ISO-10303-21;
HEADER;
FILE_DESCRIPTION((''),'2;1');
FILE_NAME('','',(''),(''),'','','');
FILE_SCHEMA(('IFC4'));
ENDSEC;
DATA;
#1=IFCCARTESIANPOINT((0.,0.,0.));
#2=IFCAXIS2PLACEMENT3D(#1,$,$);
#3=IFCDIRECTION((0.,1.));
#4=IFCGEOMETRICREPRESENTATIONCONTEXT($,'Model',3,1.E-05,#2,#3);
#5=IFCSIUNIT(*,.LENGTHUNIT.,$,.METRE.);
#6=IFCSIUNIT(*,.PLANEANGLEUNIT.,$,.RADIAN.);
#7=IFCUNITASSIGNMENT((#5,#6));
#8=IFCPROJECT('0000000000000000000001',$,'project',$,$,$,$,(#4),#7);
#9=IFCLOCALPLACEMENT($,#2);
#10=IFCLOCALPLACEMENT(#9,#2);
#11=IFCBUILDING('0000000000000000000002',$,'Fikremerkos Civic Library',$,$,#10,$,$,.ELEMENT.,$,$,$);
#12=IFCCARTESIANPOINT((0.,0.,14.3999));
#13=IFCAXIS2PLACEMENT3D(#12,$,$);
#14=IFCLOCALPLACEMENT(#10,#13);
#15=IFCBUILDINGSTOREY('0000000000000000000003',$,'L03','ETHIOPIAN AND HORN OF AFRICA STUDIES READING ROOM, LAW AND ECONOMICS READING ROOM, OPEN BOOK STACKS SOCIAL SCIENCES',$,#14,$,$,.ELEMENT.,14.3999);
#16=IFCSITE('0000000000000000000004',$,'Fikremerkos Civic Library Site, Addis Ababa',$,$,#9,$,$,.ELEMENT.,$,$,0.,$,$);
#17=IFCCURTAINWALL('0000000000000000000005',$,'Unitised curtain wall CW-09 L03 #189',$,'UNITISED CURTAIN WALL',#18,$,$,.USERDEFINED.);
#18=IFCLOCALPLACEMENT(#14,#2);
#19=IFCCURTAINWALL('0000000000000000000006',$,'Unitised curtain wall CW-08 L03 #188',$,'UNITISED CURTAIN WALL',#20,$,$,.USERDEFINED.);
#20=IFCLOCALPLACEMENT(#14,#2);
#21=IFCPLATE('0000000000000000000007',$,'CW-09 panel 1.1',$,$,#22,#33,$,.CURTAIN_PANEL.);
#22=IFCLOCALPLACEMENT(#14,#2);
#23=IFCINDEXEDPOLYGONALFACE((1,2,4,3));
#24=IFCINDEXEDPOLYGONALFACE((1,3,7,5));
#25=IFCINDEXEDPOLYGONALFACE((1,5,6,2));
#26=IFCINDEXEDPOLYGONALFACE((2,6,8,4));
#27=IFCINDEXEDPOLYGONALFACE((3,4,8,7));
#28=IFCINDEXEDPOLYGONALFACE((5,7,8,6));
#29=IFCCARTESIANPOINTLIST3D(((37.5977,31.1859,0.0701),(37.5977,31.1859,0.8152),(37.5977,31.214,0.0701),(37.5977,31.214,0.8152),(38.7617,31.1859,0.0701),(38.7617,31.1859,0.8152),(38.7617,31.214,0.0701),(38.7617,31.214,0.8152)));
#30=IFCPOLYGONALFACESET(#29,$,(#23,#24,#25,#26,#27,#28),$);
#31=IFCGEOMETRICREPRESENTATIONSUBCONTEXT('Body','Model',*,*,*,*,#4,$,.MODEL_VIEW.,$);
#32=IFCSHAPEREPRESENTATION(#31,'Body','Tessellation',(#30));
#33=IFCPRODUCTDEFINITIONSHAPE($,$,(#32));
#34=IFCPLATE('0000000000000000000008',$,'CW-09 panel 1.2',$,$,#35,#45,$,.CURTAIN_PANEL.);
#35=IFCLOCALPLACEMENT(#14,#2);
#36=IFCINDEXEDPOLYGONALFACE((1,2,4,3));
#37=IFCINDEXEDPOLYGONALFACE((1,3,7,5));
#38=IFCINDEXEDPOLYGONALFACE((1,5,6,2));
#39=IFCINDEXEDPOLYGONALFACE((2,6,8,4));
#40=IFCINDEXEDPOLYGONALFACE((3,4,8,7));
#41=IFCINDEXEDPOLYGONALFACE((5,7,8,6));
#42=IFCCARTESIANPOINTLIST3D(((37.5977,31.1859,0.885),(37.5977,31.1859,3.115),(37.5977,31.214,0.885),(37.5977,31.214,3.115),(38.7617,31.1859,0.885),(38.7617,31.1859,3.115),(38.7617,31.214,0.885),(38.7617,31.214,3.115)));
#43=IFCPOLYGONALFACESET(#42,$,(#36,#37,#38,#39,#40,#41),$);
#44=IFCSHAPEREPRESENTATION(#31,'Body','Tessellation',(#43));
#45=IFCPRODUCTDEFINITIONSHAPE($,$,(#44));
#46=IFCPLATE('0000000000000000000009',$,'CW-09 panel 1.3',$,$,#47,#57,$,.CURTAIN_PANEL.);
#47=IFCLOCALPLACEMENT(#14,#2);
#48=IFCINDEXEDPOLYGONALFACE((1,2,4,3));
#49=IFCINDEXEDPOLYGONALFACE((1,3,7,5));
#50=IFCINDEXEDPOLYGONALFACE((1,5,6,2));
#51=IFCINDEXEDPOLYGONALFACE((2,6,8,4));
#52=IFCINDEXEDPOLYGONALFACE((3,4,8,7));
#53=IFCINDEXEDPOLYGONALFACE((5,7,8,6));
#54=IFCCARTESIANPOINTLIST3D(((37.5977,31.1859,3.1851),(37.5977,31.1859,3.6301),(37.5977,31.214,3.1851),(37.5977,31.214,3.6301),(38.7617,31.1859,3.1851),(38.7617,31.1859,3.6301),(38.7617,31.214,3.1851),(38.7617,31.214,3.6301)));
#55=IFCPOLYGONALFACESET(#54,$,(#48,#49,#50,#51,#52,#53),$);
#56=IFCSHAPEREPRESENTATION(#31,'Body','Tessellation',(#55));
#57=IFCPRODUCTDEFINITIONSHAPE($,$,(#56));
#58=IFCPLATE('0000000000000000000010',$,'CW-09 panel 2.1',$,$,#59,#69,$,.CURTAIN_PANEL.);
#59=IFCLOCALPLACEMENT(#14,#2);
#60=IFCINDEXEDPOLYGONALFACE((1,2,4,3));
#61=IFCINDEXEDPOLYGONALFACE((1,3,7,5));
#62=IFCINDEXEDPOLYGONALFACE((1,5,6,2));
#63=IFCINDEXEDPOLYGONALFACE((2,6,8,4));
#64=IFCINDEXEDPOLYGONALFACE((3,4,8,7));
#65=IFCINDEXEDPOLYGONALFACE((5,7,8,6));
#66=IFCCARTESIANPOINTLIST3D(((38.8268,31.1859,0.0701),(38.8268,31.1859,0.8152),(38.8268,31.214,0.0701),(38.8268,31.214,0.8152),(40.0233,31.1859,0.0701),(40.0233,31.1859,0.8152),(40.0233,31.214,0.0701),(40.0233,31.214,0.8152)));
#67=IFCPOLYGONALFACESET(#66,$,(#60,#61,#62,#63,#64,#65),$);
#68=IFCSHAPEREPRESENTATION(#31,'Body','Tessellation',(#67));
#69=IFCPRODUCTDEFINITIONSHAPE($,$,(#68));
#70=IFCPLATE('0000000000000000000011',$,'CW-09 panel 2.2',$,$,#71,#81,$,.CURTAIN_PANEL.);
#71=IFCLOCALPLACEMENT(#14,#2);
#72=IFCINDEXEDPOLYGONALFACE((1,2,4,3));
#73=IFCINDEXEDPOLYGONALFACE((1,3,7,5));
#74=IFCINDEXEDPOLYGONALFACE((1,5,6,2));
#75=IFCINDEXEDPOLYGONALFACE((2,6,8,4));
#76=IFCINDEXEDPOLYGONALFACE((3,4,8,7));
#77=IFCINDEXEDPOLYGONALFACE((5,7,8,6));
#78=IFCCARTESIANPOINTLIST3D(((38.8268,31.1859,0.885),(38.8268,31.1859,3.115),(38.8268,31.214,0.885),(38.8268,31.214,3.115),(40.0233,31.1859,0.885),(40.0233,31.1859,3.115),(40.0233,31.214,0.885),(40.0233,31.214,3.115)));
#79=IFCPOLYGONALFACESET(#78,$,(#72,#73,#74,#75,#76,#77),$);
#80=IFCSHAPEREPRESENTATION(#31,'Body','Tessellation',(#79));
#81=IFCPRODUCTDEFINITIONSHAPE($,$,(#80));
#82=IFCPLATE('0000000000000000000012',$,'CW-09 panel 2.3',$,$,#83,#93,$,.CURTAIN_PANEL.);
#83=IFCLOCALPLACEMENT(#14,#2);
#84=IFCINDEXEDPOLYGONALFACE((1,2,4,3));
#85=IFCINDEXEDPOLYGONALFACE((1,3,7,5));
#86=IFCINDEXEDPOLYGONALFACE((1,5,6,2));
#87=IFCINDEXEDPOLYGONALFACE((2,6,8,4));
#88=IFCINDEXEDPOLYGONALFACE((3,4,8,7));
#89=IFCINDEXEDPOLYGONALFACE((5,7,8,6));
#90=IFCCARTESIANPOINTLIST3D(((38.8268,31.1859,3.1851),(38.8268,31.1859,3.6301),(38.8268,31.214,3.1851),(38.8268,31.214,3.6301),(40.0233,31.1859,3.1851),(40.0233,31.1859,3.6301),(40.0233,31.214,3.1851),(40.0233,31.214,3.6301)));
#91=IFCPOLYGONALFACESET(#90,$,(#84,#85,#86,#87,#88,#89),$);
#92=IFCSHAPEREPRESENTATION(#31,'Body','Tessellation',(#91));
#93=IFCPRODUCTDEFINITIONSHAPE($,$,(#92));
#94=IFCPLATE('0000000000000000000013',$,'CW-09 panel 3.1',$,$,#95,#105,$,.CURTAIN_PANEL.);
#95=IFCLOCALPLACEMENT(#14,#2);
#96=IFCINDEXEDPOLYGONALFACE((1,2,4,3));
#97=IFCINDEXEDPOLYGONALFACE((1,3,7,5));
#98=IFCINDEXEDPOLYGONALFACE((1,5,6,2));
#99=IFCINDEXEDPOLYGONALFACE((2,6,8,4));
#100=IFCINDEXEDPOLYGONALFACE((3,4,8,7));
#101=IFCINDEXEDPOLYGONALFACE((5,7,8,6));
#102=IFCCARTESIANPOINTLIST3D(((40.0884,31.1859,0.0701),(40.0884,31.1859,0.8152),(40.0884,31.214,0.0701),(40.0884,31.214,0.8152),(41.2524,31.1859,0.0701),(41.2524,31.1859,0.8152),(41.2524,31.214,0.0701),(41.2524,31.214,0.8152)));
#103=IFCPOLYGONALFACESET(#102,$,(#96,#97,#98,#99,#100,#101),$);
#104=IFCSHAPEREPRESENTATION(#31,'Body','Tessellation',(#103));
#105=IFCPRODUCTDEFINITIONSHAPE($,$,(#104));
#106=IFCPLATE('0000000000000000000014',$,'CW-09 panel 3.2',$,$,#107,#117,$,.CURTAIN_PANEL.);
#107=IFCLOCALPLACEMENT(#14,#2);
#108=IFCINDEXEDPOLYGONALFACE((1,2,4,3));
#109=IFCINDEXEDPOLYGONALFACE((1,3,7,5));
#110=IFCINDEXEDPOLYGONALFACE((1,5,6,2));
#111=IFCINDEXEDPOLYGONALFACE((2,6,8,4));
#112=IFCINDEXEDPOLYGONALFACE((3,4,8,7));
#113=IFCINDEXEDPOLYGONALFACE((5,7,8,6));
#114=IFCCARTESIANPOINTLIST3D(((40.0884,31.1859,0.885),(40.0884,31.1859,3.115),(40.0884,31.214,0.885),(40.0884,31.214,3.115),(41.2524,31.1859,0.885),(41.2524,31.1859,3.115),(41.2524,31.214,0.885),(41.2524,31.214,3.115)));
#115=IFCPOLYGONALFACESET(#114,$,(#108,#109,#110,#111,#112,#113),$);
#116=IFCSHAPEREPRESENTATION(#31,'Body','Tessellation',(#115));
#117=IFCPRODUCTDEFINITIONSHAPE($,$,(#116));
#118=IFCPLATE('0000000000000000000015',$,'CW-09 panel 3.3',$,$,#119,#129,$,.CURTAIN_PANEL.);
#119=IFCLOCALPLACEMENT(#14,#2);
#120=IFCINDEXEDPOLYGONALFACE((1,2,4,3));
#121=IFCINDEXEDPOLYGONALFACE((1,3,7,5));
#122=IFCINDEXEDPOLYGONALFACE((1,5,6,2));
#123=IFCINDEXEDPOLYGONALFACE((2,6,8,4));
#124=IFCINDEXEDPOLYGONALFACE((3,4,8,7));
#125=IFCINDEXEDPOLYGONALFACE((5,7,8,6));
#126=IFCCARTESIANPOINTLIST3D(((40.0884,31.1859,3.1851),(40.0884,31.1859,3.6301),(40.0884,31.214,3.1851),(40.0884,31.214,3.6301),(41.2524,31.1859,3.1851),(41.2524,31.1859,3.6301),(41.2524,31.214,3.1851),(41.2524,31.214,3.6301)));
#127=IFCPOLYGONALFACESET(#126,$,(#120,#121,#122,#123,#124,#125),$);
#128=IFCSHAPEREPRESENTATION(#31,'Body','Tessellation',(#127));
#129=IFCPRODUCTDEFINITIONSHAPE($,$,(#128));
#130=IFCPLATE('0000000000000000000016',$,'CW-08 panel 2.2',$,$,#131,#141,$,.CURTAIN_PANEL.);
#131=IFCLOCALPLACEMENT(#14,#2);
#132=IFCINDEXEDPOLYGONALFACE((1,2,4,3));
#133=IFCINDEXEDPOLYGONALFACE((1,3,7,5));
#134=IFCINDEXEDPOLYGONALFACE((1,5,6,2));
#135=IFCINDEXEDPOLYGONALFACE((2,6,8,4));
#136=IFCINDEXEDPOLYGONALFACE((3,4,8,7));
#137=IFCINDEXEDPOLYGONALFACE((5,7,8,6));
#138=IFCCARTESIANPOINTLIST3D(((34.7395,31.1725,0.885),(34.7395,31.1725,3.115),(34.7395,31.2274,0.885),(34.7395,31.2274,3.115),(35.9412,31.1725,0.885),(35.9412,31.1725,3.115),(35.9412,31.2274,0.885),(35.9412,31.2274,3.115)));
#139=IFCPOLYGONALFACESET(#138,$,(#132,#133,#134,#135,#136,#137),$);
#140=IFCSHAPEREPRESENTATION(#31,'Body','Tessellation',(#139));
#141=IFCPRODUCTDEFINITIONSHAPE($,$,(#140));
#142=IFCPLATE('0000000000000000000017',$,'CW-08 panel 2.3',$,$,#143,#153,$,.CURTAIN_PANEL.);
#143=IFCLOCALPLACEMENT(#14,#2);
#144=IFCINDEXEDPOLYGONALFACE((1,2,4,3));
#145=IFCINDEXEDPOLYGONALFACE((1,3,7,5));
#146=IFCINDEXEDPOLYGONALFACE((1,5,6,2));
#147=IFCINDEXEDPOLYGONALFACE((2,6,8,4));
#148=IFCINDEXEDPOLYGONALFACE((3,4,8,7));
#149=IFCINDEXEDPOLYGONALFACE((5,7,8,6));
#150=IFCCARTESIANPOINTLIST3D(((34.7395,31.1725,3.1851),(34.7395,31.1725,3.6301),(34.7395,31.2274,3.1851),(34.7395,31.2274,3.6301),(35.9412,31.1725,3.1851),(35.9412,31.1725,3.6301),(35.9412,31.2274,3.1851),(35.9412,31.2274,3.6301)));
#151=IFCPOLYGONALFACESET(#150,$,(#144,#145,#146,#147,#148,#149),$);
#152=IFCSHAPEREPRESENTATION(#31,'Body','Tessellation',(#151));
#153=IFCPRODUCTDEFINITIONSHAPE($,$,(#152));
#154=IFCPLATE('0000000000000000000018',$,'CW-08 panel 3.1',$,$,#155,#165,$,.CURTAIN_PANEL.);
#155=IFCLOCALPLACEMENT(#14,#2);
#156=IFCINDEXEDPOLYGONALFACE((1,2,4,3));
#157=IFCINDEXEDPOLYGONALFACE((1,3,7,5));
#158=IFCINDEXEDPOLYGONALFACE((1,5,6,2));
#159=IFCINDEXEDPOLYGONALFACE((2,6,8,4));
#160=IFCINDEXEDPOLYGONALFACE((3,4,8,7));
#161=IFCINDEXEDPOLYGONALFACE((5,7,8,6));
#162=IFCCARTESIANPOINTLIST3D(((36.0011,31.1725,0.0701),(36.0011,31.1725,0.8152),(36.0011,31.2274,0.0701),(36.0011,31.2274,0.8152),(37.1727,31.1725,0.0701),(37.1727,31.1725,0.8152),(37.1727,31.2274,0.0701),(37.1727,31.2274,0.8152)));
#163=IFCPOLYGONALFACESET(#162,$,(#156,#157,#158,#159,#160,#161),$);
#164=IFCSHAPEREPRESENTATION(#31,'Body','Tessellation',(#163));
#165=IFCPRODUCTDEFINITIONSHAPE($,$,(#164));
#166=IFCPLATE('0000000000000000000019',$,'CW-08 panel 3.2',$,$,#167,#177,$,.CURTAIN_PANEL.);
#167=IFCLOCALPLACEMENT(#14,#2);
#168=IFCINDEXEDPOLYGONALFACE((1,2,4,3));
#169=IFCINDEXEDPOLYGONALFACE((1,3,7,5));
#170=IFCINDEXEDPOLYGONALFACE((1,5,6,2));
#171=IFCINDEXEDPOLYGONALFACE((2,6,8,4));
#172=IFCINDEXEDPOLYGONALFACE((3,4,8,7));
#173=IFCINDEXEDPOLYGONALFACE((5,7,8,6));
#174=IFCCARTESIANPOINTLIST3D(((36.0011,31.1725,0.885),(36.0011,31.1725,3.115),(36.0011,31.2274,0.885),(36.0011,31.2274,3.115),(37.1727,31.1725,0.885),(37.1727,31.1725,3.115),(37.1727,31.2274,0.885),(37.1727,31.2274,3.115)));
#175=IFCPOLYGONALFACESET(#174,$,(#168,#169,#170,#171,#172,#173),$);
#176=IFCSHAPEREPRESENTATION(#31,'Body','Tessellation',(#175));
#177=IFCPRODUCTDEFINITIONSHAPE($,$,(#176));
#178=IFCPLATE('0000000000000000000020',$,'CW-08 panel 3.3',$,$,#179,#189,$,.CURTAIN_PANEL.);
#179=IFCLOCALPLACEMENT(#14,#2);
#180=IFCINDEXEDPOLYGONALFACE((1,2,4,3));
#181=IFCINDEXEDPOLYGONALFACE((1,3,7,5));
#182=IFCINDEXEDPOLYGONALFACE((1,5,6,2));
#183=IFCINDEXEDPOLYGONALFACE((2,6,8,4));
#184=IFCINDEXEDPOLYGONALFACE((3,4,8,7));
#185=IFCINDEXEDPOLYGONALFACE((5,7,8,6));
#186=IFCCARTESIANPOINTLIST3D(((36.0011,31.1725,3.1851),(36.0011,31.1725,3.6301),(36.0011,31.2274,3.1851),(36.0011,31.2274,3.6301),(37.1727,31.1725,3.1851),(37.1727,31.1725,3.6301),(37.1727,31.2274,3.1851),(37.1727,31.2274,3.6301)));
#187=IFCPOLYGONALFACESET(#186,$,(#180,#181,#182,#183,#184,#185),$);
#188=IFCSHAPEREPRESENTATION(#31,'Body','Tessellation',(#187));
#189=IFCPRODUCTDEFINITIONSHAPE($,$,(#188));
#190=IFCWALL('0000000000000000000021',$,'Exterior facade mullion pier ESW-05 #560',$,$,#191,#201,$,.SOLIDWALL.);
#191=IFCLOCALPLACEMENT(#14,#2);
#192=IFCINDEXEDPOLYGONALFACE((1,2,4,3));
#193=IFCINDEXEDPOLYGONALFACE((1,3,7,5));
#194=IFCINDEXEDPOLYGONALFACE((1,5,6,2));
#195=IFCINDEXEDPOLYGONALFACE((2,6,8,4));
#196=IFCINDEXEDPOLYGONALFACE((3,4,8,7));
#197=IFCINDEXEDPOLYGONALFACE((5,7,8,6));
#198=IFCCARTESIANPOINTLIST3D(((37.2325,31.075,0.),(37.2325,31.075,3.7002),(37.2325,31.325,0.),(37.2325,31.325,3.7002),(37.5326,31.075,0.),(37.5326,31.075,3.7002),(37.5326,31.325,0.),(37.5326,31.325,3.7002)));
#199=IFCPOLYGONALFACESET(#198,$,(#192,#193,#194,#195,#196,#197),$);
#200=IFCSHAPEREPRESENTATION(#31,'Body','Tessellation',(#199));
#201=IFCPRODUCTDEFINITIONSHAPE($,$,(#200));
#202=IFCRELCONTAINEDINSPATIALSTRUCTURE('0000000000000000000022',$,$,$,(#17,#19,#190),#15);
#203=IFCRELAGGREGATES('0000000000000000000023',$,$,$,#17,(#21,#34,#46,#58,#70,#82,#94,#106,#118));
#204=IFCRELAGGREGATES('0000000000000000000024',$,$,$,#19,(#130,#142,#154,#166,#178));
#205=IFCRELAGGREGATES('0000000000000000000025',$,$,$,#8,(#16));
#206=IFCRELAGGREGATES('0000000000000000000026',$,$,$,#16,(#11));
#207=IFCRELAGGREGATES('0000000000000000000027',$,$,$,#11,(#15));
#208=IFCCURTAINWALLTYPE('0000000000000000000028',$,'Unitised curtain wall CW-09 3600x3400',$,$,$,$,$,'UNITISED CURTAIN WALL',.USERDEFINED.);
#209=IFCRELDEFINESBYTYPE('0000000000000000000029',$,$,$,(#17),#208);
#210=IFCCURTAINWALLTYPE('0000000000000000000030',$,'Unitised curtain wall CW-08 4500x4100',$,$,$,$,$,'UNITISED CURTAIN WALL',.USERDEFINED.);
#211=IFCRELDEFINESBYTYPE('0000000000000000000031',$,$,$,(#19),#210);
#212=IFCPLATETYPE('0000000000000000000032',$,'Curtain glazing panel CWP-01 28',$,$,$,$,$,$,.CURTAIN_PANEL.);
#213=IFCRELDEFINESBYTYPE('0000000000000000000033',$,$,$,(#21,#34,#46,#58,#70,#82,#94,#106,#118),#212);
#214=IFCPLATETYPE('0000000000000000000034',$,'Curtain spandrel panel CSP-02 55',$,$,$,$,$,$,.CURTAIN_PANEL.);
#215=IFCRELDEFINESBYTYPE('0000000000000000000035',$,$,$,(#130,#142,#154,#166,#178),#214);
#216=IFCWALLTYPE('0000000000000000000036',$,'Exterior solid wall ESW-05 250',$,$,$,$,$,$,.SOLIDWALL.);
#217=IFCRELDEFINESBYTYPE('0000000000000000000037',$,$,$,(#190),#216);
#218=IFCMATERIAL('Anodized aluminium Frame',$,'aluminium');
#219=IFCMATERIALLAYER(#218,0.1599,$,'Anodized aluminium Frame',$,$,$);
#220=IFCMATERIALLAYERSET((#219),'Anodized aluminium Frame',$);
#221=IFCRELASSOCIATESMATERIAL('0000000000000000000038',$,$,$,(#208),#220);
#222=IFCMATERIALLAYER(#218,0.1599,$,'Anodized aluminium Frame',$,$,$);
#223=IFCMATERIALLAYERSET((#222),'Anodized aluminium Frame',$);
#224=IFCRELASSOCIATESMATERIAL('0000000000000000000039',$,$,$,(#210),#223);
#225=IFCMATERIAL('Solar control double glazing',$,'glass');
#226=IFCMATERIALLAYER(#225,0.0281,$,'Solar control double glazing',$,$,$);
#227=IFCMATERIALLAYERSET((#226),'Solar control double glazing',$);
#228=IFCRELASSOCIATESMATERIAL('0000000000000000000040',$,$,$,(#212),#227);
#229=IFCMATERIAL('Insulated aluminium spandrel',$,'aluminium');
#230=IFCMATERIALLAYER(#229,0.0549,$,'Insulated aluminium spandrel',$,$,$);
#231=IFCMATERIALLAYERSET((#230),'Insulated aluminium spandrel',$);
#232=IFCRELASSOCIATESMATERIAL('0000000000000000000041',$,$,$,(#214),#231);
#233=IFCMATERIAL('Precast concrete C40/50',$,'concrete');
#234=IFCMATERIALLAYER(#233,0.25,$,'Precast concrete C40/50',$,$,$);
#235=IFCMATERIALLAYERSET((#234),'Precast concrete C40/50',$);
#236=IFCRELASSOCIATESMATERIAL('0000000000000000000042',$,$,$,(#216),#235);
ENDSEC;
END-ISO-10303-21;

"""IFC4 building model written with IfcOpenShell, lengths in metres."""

from ifc_helpers import new_model, si_unit, direction, frame, frame_2d, origin, origin_2d, place, context, subcontext, project, spatial, rectangle, extrude, material, layer, layer_set, type_object, element, aggregate, save


model = new_model("IFC4")

# Units and contexts
model_context = context("Model", 3, precision=1e-05, world=origin(), true_north=direction((0.0, 1.0)))
body_context = subcontext(model_context, "Body", "Model", "MODEL_VIEW")
ifc_project = project(units=[si_unit("LENGTHUNIT", "METRE"), si_unit("PLANEANGLEUNIT", "RADIAN")], contexts=[model_context])

# Site, building, storey
site_placement = place(None, origin())
site = spatial("IfcSite", under=ifc_project, at=site_placement, Name="Fikremerkos Civic Library Site, Addis Ababa", CompositionType="ELEMENT", RefElevation=0.0)
building_placement = place(site_placement, origin())
building = spatial("IfcBuilding", under=site, at=building_placement, Name="Fikremerkos Civic Library", CompositionType="ELEMENT")
storey_placement = place(building_placement, frame((0.0, 0.0, 14.3999)))
storey = spatial("IfcBuildingStorey", under=building, at=storey_placement, Name="L03", Description="ETHIOPIAN AND HORN OF AFRICA STUDIES READING ROOM, LAW AND ECONOMICS READING ROOM, OPEN BOOK STACKS SOCIAL SCIENCES", CompositionType="ELEMENT", Elevation=14.3999)

# Curtain walls
ifc_material_1 = material(Name="Anodized aluminium Frame", Category="aluminium")
ifc_layer_1 = layer(ifc_material_1, 0.1599, Name="Anodized aluminium Frame")
ifc_layer_set_1 = layer_set([ifc_layer_1], Name="Anodized aluminium Frame")
curtain_wall_type_1 = type_object("IfcCurtainWallType", Name="Unitised curtain wall CW-09 3600x3400", ElementType="UNITISED CURTAIN WALL", PredefinedType="USERDEFINED", material=ifc_layer_set_1)
curtain_wall_1_placement = place(storey_placement, origin())
curtain_wall_1 = element("IfcCurtainWall", 1, at=curtain_wall_1_placement, inside=storey, type_object=curtain_wall_type_1, Name="Unitised curtain wall CW-09 L03 #189", ObjectType="UNITISED CURTAIN WALL", PredefinedType="USERDEFINED")
ifc_layer_2 = layer(ifc_material_1, 0.1599, Name="Anodized aluminium Frame")
ifc_layer_set_2 = layer_set([ifc_layer_2], Name="Anodized aluminium Frame")
curtain_wall_type_2 = type_object("IfcCurtainWallType", Name="Unitised curtain wall CW-08 4500x4100", ElementType="UNITISED CURTAIN WALL", PredefinedType="USERDEFINED", material=ifc_layer_set_2)
curtain_wall_2_placement = place(storey_placement, origin())
curtain_wall_2 = element("IfcCurtainWall", 2, at=curtain_wall_2_placement, inside=storey, type_object=curtain_wall_type_2, Name="Unitised curtain wall CW-08 L03 #188", ObjectType="UNITISED CURTAIN WALL", PredefinedType="USERDEFINED")

# Plates
ifc_material_2 = material(Name="Solar control double glazing", Category="glass")
ifc_layer_3 = layer(ifc_material_2, 0.0281, Name="Solar control double glazing")
ifc_layer_set_3 = layer_set([ifc_layer_3], Name="Solar control double glazing")
plate_type_1 = type_object("IfcPlateType", Name="Curtain glazing panel CWP-01 28", PredefinedType="CURTAIN_PANEL", material=ifc_layer_set_3)
plate_1_placement = place(storey_placement, frame((38.1797, 31.2, 0.0701), z_axis=(0.0, 0.0, 1.0), x_axis=(1.0, 0.0, 0.0)))
plate_1 = element("IfcPlate", 3, at=plate_1_placement, type_object=plate_type_1, Name="CW-09 panel 1.1", PredefinedType="CURTAIN_PANEL", context=body_context, shape_type="SweptSolid", body=[
    extrude(rectangle(XDim=1.1641, YDim=0.0281, at=origin_2d()), origin(), (0.0, 0.0, 1.0), 0.7451),
])
plate_2_placement = place(storey_placement, frame((38.1797, 31.2, 0.885), z_axis=(0.0, 0.0, 1.0), x_axis=(1.0, 0.0, 0.0)))
plate_2 = element("IfcPlate", 4, at=plate_2_placement, type_object=plate_type_1, Name="CW-09 panel 1.2", PredefinedType="CURTAIN_PANEL", context=body_context, shape_type="SweptSolid", body=[
    extrude(rectangle(XDim=1.1641, YDim=0.0281, at=origin_2d()), origin(), (0.0, 0.0, 1.0), 2.23),
])
plate_3_placement = place(storey_placement, frame((38.1797, 31.2, 3.1851), z_axis=(0.0, 0.0, 1.0), x_axis=(1.0, 0.0, 0.0)))
plate_3 = element("IfcPlate", 5, at=plate_3_placement, type_object=plate_type_1, Name="CW-09 panel 1.3", PredefinedType="CURTAIN_PANEL", context=body_context, shape_type="SweptSolid", body=[
    extrude(rectangle(XDim=1.1641, YDim=0.0281, at=origin_2d()), origin(), (0.0, 0.0, 1.0), 0.4451),
])
plate_4_placement = place(storey_placement, frame((39.425, 31.2, 0.0701), z_axis=(0.0, 0.0, 1.0), x_axis=(1.0, 0.0, 0.0)))
plate_4 = element("IfcPlate", 6, at=plate_4_placement, type_object=plate_type_1, Name="CW-09 panel 2.1", PredefinedType="CURTAIN_PANEL", context=body_context, shape_type="SweptSolid", body=[
    extrude(rectangle(XDim=1.1965, YDim=0.0281, at=origin_2d()), origin(), (0.0, 0.0, 1.0), 0.7451),
])
plate_5_placement = place(storey_placement, frame((39.425, 31.2, 0.885), z_axis=(0.0, 0.0, 1.0), x_axis=(1.0, 0.0, 0.0)))
plate_5 = element("IfcPlate", 7, at=plate_5_placement, type_object=plate_type_1, Name="CW-09 panel 2.2", PredefinedType="CURTAIN_PANEL", context=body_context, shape_type="SweptSolid", body=[
    extrude(rectangle(XDim=1.1965, YDim=0.0281, at=origin_2d()), origin(), (0.0, 0.0, 1.0), 2.23),
])
plate_6_placement = place(storey_placement, frame((39.425, 31.2, 3.1851), z_axis=(0.0, 0.0, 1.0), x_axis=(1.0, 0.0, 0.0)))
plate_6 = element("IfcPlate", 8, at=plate_6_placement, type_object=plate_type_1, Name="CW-09 panel 2.3", PredefinedType="CURTAIN_PANEL", context=body_context, shape_type="SweptSolid", body=[
    extrude(rectangle(XDim=1.1965, YDim=0.0281, at=origin_2d()), origin(), (0.0, 0.0, 1.0), 0.4451),
])
plate_7_placement = place(storey_placement, frame((40.6704, 31.2, 0.0701), z_axis=(0.0, 0.0, 1.0), x_axis=(1.0, 0.0, 0.0)))
plate_7 = element("IfcPlate", 9, at=plate_7_placement, type_object=plate_type_1, Name="CW-09 panel 3.1", PredefinedType="CURTAIN_PANEL", context=body_context, shape_type="SweptSolid", body=[
    extrude(rectangle(XDim=1.1641, YDim=0.0281, at=origin_2d()), origin(), (0.0, 0.0, 1.0), 0.7451),
])
plate_8_placement = place(storey_placement, frame((40.6704, 31.2, 0.885), z_axis=(0.0, 0.0, 1.0), x_axis=(1.0, 0.0, 0.0)))
plate_8 = element("IfcPlate", 10, at=plate_8_placement, type_object=plate_type_1, Name="CW-09 panel 3.2", PredefinedType="CURTAIN_PANEL", context=body_context, shape_type="SweptSolid", body=[
    extrude(rectangle(XDim=1.1641, YDim=0.0281, at=origin_2d()), origin(), (0.0, 0.0, 1.0), 2.23),
])
plate_9_placement = place(storey_placement, frame((40.6704, 31.2, 3.1851), z_axis=(0.0, 0.0, 1.0), x_axis=(1.0, 0.0, 0.0)))
plate_9 = element("IfcPlate", 11, at=plate_9_placement, type_object=plate_type_1, Name="CW-09 panel 3.3", PredefinedType="CURTAIN_PANEL", context=body_context, shape_type="SweptSolid", body=[
    extrude(rectangle(XDim=1.1641, YDim=0.0281, at=origin_2d()), origin(), (0.0, 0.0, 1.0), 0.4451),
])
aggregate(curtain_wall_1, [plate_1, plate_2, plate_3, plate_4, plate_5, plate_6, plate_7, plate_8, plate_9])
ifc_material_3 = material(Name="Insulated aluminium spandrel", Category="aluminium")
ifc_layer_4 = layer(ifc_material_3, 0.0549, Name="Insulated aluminium spandrel")
ifc_layer_set_4 = layer_set([ifc_layer_4], Name="Insulated aluminium spandrel")
plate_type_2 = type_object("IfcPlateType", Name="Curtain spandrel panel CSP-02 55", PredefinedType="CURTAIN_PANEL", material=ifc_layer_set_4)
plate_10_placement = place(storey_placement, frame((35.3403, 31.2, 0.885), z_axis=(0.0, 0.0, 1.0), x_axis=(1.0, 0.0, 0.0)))
plate_10 = element("IfcPlate", 12, at=plate_10_placement, type_object=plate_type_2, Name="CW-08 panel 2.2", PredefinedType="CURTAIN_PANEL", context=body_context, shape_type="SweptSolid", body=[
    extrude(rectangle(XDim=1.2017, YDim=0.0549, at=origin_2d()), origin(), (0.0, 0.0, 1.0), 2.23),
])
plate_11_placement = place(storey_placement, frame((35.3403, 31.2, 3.1851), z_axis=(0.0, 0.0, 1.0), x_axis=(1.0, 0.0, 0.0)))
plate_11 = element("IfcPlate", 13, at=plate_11_placement, type_object=plate_type_2, Name="CW-08 panel 2.3", PredefinedType="CURTAIN_PANEL", context=body_context, shape_type="SweptSolid", body=[
    extrude(rectangle(XDim=1.2017, YDim=0.0549, at=origin_2d()), origin(), (0.0, 0.0, 1.0), 0.4451),
])
plate_12_placement = place(storey_placement, frame((36.5869, 31.2, 0.0701), z_axis=(0.0, 0.0, 1.0), x_axis=(1.0, 0.0, 0.0)))
plate_12 = element("IfcPlate", 14, at=plate_12_placement, type_object=plate_type_2, Name="CW-08 panel 3.1", PredefinedType="CURTAIN_PANEL", context=body_context, shape_type="SweptSolid", body=[
    extrude(rectangle(XDim=1.1716, YDim=0.0549, at=origin_2d()), origin(), (0.0, 0.0, 1.0), 0.7451),
])
plate_13_placement = place(storey_placement, frame((36.5869, 31.2, 0.885), z_axis=(0.0, 0.0, 1.0), x_axis=(1.0, 0.0, 0.0)))
plate_13 = element("IfcPlate", 15, at=plate_13_placement, type_object=plate_type_2, Name="CW-08 panel 3.2", PredefinedType="CURTAIN_PANEL", context=body_context, shape_type="SweptSolid", body=[
    extrude(rectangle(XDim=1.1716, YDim=0.0549, at=origin_2d()), origin(), (0.0, 0.0, 1.0), 2.23),
])
plate_14_placement = place(storey_placement, frame((36.5869, 31.2, 3.1851), z_axis=(0.0, 0.0, 1.0), x_axis=(1.0, 0.0, 0.0)))
plate_14 = element("IfcPlate", 16, at=plate_14_placement, type_object=plate_type_2, Name="CW-08 panel 3.3", PredefinedType="CURTAIN_PANEL", context=body_context, shape_type="SweptSolid", body=[
    extrude(rectangle(XDim=1.1716, YDim=0.0549, at=origin_2d()), origin(), (0.0, 0.0, 1.0), 0.4451),
])
aggregate(curtain_wall_2, [plate_10, plate_11, plate_12, plate_13, plate_14])

# Wall
ifc_material_4 = material(Name="Precast concrete C40/50", Category="concrete")
ifc_layer_5 = layer(ifc_material_4, 0.25, Name="Precast concrete C40/50")
ifc_layer_set_5 = layer_set([ifc_layer_5], Name="Precast concrete C40/50")
wall_type = type_object("IfcWallType", Name="Exterior solid wall ESW-05 250", PredefinedType="SOLIDWALL", material=ifc_layer_set_5)
wall_placement = place(storey_placement, frame((37.2327, 31.2, 0.0), z_axis=(0.0, 0.0, 1.0), x_axis=(1.0, 0.0, 0.0)))
element("IfcWall", 17, at=wall_placement, inside=storey, type_object=wall_type, Name="Exterior facade mullion pier ESW-05 #560", PredefinedType="SOLIDWALL", context=body_context, shape_type="SweptSolid", body=[
    extrude(rectangle(XDim=0.3, YDim=0.25, at=frame_2d((0.1499, 0.0))), origin(), (0.0, 0.0, 1.0), 3.7002),
])

save(model, "model.ifc")
